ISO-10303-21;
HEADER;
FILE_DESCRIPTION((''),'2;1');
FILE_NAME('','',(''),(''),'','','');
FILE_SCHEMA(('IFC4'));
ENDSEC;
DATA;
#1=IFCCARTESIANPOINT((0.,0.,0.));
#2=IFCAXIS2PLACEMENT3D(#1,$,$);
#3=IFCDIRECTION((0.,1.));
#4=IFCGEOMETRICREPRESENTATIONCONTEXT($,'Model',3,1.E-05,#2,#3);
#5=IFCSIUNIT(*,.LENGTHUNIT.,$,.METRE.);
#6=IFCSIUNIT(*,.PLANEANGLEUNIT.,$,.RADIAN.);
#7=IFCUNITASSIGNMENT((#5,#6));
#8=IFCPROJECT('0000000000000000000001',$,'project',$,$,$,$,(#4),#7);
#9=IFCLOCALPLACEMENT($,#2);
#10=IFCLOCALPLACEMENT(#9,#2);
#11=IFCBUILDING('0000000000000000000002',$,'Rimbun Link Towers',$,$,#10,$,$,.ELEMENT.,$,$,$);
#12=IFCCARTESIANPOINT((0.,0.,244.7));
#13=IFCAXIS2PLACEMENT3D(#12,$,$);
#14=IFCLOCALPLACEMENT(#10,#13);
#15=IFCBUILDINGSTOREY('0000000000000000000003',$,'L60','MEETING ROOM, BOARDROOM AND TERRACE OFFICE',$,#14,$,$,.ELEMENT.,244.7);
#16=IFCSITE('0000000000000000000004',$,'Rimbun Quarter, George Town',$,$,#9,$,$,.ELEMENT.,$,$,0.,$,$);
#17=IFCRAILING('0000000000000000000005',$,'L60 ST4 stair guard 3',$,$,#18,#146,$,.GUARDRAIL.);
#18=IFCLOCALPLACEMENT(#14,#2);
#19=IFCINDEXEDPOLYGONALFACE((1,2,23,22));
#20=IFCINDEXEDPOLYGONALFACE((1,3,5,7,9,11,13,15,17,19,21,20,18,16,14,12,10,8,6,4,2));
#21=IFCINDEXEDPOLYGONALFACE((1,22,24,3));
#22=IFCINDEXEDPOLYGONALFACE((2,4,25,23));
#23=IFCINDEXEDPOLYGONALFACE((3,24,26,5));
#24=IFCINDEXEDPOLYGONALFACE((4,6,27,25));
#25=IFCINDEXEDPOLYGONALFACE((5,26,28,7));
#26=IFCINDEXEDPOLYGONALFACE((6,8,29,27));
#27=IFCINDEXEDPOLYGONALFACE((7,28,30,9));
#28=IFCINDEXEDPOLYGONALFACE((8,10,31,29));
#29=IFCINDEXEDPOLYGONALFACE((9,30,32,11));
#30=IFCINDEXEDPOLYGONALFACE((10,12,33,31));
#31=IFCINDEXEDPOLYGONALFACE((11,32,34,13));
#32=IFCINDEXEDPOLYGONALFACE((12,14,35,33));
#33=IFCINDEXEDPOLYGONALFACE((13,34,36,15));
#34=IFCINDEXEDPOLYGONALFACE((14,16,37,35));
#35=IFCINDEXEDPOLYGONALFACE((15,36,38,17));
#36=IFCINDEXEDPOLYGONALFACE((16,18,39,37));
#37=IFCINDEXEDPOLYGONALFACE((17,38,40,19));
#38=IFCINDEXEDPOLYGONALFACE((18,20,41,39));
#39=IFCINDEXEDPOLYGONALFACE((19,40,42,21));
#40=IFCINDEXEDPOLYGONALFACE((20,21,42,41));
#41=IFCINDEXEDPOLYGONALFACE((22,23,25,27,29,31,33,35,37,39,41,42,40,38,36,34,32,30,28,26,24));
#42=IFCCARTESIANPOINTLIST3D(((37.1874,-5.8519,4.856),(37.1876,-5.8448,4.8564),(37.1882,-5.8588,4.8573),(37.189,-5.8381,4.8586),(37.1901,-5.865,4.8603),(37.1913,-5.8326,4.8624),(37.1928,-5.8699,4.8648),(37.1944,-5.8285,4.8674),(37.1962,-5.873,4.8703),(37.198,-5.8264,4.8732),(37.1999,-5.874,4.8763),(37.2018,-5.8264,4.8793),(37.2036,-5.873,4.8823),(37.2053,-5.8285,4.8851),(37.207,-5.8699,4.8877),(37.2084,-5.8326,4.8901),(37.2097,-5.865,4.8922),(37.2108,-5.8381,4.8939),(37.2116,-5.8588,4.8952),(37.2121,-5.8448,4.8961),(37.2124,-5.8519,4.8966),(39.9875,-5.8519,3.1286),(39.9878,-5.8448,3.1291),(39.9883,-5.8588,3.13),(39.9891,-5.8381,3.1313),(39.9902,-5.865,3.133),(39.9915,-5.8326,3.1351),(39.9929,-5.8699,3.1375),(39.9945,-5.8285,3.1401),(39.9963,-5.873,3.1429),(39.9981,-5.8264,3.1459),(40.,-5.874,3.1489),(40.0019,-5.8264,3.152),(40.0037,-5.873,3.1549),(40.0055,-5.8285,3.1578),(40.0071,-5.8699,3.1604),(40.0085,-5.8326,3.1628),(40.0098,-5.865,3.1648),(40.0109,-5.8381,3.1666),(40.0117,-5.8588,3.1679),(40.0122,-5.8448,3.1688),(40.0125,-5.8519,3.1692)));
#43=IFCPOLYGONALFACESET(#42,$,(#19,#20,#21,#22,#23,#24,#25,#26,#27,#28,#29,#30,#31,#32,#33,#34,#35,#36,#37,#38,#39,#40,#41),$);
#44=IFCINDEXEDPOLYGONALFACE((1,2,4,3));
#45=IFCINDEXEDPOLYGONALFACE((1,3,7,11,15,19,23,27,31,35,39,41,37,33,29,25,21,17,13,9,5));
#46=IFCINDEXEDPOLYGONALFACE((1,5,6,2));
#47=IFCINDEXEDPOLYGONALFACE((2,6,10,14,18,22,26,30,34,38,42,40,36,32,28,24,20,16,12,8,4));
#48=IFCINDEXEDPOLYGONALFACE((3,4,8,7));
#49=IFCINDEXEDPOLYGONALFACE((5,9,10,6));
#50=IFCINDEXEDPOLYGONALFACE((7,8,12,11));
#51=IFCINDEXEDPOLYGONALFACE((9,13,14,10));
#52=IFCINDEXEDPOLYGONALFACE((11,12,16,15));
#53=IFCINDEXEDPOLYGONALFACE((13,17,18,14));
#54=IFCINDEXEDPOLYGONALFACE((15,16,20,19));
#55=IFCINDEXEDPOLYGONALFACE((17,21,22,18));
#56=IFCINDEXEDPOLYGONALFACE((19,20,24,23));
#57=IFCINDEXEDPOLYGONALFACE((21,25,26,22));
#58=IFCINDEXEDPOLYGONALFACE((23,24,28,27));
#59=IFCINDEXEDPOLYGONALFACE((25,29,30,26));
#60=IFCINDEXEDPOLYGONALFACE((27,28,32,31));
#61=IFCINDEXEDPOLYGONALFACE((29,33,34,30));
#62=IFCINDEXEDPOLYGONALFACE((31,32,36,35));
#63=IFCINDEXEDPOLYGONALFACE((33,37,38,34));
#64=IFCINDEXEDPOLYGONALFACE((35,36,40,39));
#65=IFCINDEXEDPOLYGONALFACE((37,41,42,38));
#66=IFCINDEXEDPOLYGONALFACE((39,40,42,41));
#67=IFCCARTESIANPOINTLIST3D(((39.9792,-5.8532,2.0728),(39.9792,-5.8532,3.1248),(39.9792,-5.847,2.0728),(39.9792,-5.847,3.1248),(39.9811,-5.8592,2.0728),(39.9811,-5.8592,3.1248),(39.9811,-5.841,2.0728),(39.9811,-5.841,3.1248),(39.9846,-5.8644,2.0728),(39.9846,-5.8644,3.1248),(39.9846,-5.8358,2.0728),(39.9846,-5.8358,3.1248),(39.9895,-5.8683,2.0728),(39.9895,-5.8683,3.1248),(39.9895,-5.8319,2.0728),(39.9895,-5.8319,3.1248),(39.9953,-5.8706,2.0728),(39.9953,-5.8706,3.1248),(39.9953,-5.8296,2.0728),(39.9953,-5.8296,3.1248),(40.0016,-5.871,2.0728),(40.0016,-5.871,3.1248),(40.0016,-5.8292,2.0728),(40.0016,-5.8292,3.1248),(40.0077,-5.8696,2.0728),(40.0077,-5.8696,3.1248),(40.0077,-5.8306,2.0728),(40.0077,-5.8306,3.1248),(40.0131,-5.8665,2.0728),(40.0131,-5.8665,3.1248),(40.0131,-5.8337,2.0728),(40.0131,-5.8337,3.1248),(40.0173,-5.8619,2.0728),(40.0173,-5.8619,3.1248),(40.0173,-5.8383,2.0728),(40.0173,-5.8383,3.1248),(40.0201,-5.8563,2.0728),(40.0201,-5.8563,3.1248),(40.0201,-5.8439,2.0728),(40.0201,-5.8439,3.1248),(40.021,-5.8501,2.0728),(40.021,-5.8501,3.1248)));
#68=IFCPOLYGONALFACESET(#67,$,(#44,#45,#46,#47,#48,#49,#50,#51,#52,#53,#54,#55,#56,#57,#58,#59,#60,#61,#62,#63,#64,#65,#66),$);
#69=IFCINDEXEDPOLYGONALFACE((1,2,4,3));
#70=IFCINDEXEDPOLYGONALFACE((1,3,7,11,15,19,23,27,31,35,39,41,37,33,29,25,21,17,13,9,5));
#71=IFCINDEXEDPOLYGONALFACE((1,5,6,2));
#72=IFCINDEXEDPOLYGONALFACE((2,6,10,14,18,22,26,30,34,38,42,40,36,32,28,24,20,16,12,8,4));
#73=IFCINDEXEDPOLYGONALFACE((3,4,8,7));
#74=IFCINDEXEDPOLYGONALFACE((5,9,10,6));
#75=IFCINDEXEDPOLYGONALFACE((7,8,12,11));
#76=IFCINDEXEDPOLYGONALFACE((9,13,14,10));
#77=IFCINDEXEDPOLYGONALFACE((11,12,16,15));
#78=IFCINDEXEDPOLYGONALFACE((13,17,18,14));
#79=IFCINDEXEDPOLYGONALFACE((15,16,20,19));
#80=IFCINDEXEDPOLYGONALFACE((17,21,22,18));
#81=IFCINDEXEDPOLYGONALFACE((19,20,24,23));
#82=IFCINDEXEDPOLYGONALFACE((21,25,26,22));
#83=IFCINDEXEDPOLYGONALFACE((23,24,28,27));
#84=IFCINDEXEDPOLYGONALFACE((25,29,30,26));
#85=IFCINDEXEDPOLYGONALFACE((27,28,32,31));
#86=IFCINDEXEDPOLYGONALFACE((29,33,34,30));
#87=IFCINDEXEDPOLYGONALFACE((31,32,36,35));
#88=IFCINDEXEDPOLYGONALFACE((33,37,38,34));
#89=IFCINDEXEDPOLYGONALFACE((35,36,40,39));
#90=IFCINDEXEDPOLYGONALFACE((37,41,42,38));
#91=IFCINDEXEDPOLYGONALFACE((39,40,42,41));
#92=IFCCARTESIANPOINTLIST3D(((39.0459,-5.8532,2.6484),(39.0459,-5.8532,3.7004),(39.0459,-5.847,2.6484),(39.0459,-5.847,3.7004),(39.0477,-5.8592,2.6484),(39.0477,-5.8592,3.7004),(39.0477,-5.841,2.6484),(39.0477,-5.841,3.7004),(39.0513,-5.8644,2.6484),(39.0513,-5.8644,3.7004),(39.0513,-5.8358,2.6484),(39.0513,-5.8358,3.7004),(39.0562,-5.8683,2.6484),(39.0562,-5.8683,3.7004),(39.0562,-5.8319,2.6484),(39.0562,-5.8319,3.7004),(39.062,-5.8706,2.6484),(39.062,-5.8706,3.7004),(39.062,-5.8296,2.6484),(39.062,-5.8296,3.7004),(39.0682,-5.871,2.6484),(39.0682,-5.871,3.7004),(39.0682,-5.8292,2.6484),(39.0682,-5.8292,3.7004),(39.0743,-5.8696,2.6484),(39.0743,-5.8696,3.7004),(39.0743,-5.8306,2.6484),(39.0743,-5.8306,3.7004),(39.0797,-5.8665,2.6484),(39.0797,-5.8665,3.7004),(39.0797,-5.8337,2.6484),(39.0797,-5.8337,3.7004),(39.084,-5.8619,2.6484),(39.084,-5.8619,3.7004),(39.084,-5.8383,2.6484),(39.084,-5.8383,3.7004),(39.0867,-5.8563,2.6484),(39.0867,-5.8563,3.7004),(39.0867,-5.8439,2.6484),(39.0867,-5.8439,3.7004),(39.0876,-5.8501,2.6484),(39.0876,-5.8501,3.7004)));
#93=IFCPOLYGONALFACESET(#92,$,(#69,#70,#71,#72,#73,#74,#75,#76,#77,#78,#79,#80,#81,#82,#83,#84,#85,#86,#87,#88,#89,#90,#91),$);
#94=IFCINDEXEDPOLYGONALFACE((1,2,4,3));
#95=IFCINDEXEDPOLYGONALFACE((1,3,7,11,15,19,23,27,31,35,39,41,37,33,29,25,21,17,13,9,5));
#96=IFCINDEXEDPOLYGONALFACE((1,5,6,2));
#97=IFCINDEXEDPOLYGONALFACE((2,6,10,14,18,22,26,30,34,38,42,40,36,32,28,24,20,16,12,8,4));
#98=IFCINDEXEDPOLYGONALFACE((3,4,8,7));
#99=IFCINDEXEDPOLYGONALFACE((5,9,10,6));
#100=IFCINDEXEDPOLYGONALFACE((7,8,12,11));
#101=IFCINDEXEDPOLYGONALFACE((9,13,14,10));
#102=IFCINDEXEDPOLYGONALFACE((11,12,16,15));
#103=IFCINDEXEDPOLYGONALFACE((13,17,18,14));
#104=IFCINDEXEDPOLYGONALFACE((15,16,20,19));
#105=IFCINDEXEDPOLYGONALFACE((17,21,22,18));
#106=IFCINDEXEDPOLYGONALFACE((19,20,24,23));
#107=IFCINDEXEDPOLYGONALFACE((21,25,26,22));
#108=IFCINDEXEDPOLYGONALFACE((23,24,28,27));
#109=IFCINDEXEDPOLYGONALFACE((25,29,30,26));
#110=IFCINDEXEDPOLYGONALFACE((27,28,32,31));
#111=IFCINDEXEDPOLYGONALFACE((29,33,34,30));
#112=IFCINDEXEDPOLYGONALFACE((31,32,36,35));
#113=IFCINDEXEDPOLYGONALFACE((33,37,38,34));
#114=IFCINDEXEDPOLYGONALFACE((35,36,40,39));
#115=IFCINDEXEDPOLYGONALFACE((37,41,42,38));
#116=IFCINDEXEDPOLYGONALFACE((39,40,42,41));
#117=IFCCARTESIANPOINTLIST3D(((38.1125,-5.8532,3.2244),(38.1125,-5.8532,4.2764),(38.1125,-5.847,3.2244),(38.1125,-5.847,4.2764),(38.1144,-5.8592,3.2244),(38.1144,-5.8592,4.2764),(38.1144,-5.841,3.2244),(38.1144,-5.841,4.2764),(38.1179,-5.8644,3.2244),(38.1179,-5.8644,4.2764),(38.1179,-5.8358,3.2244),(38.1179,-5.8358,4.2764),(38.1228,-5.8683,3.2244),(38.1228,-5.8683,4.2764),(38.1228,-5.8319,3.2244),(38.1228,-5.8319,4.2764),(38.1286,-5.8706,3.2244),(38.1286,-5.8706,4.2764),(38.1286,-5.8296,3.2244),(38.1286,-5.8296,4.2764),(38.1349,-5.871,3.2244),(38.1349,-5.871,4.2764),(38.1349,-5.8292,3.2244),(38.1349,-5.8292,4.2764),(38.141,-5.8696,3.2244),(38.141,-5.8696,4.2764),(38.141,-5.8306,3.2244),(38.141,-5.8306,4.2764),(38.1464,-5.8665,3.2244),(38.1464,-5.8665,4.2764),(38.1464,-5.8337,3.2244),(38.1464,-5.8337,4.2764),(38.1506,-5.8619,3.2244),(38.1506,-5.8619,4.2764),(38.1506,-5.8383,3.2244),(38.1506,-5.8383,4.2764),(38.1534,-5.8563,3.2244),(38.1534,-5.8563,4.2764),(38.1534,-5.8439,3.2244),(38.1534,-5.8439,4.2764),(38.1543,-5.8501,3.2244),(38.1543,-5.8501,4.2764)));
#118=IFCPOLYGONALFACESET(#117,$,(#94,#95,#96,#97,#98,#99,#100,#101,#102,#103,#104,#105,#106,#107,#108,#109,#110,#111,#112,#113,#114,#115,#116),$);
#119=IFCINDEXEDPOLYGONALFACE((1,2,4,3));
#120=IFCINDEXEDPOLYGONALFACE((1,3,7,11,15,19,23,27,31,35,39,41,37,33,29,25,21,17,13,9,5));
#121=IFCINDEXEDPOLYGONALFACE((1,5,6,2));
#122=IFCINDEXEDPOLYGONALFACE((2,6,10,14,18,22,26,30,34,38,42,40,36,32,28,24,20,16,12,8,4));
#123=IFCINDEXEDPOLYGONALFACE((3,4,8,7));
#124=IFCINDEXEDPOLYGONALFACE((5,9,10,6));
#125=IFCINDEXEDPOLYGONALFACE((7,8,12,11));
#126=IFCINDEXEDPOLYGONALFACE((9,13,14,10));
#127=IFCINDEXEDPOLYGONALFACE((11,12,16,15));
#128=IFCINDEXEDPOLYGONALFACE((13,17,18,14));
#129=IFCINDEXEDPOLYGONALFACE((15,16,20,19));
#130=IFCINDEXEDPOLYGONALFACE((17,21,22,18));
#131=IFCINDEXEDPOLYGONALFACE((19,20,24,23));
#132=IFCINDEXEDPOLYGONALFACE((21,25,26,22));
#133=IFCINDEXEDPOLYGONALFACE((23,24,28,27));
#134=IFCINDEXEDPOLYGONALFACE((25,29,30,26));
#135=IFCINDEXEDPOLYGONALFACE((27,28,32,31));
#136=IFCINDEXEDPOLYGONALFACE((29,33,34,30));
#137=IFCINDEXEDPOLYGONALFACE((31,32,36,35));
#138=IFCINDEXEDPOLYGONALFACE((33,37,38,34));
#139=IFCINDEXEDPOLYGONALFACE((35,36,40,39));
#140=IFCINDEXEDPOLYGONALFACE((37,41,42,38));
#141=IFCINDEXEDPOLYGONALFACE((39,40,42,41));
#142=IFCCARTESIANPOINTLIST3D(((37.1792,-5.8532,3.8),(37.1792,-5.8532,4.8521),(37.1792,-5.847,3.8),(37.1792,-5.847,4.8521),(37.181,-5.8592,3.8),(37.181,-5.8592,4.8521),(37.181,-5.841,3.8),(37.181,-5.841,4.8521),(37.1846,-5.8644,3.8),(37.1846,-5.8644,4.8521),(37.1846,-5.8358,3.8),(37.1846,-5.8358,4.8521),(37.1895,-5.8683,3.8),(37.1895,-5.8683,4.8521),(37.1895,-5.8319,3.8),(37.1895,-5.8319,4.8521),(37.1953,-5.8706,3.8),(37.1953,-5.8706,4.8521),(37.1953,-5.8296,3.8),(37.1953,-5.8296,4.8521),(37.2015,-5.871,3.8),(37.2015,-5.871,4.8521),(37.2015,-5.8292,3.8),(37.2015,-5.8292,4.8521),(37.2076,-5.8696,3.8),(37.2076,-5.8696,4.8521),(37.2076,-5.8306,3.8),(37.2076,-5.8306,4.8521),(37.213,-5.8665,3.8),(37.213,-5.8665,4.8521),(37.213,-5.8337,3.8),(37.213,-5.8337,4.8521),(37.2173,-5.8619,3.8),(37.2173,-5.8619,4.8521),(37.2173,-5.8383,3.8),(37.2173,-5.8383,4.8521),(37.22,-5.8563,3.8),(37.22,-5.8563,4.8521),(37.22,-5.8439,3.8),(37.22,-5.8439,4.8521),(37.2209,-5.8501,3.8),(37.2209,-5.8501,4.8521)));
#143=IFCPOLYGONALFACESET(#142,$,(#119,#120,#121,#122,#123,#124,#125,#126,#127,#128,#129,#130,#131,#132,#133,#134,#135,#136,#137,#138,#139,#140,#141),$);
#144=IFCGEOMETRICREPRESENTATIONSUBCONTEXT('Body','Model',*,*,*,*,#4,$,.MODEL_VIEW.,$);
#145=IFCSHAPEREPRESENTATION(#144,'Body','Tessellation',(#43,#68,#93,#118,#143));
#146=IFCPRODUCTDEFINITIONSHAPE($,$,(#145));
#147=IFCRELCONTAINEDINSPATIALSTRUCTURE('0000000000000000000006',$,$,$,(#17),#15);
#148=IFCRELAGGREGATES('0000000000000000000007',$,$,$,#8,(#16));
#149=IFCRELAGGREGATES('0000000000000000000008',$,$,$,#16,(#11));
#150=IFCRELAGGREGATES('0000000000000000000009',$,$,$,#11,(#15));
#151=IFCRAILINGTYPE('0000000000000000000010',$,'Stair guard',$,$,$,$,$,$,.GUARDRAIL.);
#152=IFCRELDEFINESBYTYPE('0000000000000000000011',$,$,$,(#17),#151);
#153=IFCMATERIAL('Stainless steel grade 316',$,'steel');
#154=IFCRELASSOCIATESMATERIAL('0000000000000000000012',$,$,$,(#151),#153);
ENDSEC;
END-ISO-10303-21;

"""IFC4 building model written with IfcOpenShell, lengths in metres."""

from ifc_helpers import new_model, si_unit, direction, frame, origin, origin_2d, place, context, subcontext, project, spatial, circle, extrude, material, type_object, element, save


model = new_model("IFC4")

# Units and contexts
model_context = context("Model", 3, precision=1e-05, world=origin(), true_north=direction((0.0, 1.0)))
body_context = subcontext(model_context, "Body", "Model", "MODEL_VIEW")
ifc_project = project(units=[si_unit("LENGTHUNIT", "METRE"), si_unit("PLANEANGLEUNIT", "RADIAN")], contexts=[model_context])

# Site, building, storey
site_placement = place(None, origin())
site = spatial("IfcSite", under=ifc_project, at=site_placement, Name="Rimbun Quarter, George Town", CompositionType="ELEMENT", RefElevation=0.0)
building_placement = place(site_placement, origin())
building = spatial("IfcBuilding", under=site, at=building_placement, Name="Rimbun Link Towers", CompositionType="ELEMENT")
storey_placement = place(building_placement, frame((0.0, 0.0, 244.7)))
storey = spatial("IfcBuildingStorey", under=building, at=storey_placement, Name="L60", Description="MEETING ROOM, BOARDROOM AND TERRACE OFFICE", CompositionType="ELEMENT", Elevation=244.7)

# Railing
ifc_material_1 = material(Name="Stainless steel grade 316", Category="steel")
railing_type_1 = type_object("IfcRailingType", Name="Stair guard", PredefinedType="GUARDRAIL", material=ifc_material_1)
railing_1_placement = place(storey_placement, frame((40.0, -5.8501, 2.0728)))
element("IfcRailing", 1, at=railing_1_placement, inside=storey, type_object=railing_type_1, Name="L60 ST4 stair guard 3", PredefinedType="GUARDRAIL", context=body_context, shape_type="SweptSolid", body=[
    extrude(circle(Radius=0.0239, at=origin_2d()), frame((0.0, 0.0, 1.0762), z_axis=(-0.85109, 0.0, 0.52502), x_axis=(0.0, -1.0, 0.0)), (0.0, 0.0, 1.0), 3.29),
    extrude(circle(Radius=0.021, at=origin_2d()), origin(), (0.0, 0.0, 1.0), 1.052),
    extrude(circle(Radius=0.021, at=origin_2d()), frame((-0.9333, 0.0, 0.5757)), (0.0, 0.0, 1.0), 1.052),
    extrude(circle(Radius=0.021, at=origin_2d()), frame((-1.8667, 0.0, 1.1516)), (0.0, 0.0, 1.0), 1.052),
    extrude(circle(Radius=0.021, at=origin_2d()), frame((-2.8, 0.0, 1.7273)), (0.0, 0.0, 1.0), 1.052),
])

save(model, "model.ifc")
